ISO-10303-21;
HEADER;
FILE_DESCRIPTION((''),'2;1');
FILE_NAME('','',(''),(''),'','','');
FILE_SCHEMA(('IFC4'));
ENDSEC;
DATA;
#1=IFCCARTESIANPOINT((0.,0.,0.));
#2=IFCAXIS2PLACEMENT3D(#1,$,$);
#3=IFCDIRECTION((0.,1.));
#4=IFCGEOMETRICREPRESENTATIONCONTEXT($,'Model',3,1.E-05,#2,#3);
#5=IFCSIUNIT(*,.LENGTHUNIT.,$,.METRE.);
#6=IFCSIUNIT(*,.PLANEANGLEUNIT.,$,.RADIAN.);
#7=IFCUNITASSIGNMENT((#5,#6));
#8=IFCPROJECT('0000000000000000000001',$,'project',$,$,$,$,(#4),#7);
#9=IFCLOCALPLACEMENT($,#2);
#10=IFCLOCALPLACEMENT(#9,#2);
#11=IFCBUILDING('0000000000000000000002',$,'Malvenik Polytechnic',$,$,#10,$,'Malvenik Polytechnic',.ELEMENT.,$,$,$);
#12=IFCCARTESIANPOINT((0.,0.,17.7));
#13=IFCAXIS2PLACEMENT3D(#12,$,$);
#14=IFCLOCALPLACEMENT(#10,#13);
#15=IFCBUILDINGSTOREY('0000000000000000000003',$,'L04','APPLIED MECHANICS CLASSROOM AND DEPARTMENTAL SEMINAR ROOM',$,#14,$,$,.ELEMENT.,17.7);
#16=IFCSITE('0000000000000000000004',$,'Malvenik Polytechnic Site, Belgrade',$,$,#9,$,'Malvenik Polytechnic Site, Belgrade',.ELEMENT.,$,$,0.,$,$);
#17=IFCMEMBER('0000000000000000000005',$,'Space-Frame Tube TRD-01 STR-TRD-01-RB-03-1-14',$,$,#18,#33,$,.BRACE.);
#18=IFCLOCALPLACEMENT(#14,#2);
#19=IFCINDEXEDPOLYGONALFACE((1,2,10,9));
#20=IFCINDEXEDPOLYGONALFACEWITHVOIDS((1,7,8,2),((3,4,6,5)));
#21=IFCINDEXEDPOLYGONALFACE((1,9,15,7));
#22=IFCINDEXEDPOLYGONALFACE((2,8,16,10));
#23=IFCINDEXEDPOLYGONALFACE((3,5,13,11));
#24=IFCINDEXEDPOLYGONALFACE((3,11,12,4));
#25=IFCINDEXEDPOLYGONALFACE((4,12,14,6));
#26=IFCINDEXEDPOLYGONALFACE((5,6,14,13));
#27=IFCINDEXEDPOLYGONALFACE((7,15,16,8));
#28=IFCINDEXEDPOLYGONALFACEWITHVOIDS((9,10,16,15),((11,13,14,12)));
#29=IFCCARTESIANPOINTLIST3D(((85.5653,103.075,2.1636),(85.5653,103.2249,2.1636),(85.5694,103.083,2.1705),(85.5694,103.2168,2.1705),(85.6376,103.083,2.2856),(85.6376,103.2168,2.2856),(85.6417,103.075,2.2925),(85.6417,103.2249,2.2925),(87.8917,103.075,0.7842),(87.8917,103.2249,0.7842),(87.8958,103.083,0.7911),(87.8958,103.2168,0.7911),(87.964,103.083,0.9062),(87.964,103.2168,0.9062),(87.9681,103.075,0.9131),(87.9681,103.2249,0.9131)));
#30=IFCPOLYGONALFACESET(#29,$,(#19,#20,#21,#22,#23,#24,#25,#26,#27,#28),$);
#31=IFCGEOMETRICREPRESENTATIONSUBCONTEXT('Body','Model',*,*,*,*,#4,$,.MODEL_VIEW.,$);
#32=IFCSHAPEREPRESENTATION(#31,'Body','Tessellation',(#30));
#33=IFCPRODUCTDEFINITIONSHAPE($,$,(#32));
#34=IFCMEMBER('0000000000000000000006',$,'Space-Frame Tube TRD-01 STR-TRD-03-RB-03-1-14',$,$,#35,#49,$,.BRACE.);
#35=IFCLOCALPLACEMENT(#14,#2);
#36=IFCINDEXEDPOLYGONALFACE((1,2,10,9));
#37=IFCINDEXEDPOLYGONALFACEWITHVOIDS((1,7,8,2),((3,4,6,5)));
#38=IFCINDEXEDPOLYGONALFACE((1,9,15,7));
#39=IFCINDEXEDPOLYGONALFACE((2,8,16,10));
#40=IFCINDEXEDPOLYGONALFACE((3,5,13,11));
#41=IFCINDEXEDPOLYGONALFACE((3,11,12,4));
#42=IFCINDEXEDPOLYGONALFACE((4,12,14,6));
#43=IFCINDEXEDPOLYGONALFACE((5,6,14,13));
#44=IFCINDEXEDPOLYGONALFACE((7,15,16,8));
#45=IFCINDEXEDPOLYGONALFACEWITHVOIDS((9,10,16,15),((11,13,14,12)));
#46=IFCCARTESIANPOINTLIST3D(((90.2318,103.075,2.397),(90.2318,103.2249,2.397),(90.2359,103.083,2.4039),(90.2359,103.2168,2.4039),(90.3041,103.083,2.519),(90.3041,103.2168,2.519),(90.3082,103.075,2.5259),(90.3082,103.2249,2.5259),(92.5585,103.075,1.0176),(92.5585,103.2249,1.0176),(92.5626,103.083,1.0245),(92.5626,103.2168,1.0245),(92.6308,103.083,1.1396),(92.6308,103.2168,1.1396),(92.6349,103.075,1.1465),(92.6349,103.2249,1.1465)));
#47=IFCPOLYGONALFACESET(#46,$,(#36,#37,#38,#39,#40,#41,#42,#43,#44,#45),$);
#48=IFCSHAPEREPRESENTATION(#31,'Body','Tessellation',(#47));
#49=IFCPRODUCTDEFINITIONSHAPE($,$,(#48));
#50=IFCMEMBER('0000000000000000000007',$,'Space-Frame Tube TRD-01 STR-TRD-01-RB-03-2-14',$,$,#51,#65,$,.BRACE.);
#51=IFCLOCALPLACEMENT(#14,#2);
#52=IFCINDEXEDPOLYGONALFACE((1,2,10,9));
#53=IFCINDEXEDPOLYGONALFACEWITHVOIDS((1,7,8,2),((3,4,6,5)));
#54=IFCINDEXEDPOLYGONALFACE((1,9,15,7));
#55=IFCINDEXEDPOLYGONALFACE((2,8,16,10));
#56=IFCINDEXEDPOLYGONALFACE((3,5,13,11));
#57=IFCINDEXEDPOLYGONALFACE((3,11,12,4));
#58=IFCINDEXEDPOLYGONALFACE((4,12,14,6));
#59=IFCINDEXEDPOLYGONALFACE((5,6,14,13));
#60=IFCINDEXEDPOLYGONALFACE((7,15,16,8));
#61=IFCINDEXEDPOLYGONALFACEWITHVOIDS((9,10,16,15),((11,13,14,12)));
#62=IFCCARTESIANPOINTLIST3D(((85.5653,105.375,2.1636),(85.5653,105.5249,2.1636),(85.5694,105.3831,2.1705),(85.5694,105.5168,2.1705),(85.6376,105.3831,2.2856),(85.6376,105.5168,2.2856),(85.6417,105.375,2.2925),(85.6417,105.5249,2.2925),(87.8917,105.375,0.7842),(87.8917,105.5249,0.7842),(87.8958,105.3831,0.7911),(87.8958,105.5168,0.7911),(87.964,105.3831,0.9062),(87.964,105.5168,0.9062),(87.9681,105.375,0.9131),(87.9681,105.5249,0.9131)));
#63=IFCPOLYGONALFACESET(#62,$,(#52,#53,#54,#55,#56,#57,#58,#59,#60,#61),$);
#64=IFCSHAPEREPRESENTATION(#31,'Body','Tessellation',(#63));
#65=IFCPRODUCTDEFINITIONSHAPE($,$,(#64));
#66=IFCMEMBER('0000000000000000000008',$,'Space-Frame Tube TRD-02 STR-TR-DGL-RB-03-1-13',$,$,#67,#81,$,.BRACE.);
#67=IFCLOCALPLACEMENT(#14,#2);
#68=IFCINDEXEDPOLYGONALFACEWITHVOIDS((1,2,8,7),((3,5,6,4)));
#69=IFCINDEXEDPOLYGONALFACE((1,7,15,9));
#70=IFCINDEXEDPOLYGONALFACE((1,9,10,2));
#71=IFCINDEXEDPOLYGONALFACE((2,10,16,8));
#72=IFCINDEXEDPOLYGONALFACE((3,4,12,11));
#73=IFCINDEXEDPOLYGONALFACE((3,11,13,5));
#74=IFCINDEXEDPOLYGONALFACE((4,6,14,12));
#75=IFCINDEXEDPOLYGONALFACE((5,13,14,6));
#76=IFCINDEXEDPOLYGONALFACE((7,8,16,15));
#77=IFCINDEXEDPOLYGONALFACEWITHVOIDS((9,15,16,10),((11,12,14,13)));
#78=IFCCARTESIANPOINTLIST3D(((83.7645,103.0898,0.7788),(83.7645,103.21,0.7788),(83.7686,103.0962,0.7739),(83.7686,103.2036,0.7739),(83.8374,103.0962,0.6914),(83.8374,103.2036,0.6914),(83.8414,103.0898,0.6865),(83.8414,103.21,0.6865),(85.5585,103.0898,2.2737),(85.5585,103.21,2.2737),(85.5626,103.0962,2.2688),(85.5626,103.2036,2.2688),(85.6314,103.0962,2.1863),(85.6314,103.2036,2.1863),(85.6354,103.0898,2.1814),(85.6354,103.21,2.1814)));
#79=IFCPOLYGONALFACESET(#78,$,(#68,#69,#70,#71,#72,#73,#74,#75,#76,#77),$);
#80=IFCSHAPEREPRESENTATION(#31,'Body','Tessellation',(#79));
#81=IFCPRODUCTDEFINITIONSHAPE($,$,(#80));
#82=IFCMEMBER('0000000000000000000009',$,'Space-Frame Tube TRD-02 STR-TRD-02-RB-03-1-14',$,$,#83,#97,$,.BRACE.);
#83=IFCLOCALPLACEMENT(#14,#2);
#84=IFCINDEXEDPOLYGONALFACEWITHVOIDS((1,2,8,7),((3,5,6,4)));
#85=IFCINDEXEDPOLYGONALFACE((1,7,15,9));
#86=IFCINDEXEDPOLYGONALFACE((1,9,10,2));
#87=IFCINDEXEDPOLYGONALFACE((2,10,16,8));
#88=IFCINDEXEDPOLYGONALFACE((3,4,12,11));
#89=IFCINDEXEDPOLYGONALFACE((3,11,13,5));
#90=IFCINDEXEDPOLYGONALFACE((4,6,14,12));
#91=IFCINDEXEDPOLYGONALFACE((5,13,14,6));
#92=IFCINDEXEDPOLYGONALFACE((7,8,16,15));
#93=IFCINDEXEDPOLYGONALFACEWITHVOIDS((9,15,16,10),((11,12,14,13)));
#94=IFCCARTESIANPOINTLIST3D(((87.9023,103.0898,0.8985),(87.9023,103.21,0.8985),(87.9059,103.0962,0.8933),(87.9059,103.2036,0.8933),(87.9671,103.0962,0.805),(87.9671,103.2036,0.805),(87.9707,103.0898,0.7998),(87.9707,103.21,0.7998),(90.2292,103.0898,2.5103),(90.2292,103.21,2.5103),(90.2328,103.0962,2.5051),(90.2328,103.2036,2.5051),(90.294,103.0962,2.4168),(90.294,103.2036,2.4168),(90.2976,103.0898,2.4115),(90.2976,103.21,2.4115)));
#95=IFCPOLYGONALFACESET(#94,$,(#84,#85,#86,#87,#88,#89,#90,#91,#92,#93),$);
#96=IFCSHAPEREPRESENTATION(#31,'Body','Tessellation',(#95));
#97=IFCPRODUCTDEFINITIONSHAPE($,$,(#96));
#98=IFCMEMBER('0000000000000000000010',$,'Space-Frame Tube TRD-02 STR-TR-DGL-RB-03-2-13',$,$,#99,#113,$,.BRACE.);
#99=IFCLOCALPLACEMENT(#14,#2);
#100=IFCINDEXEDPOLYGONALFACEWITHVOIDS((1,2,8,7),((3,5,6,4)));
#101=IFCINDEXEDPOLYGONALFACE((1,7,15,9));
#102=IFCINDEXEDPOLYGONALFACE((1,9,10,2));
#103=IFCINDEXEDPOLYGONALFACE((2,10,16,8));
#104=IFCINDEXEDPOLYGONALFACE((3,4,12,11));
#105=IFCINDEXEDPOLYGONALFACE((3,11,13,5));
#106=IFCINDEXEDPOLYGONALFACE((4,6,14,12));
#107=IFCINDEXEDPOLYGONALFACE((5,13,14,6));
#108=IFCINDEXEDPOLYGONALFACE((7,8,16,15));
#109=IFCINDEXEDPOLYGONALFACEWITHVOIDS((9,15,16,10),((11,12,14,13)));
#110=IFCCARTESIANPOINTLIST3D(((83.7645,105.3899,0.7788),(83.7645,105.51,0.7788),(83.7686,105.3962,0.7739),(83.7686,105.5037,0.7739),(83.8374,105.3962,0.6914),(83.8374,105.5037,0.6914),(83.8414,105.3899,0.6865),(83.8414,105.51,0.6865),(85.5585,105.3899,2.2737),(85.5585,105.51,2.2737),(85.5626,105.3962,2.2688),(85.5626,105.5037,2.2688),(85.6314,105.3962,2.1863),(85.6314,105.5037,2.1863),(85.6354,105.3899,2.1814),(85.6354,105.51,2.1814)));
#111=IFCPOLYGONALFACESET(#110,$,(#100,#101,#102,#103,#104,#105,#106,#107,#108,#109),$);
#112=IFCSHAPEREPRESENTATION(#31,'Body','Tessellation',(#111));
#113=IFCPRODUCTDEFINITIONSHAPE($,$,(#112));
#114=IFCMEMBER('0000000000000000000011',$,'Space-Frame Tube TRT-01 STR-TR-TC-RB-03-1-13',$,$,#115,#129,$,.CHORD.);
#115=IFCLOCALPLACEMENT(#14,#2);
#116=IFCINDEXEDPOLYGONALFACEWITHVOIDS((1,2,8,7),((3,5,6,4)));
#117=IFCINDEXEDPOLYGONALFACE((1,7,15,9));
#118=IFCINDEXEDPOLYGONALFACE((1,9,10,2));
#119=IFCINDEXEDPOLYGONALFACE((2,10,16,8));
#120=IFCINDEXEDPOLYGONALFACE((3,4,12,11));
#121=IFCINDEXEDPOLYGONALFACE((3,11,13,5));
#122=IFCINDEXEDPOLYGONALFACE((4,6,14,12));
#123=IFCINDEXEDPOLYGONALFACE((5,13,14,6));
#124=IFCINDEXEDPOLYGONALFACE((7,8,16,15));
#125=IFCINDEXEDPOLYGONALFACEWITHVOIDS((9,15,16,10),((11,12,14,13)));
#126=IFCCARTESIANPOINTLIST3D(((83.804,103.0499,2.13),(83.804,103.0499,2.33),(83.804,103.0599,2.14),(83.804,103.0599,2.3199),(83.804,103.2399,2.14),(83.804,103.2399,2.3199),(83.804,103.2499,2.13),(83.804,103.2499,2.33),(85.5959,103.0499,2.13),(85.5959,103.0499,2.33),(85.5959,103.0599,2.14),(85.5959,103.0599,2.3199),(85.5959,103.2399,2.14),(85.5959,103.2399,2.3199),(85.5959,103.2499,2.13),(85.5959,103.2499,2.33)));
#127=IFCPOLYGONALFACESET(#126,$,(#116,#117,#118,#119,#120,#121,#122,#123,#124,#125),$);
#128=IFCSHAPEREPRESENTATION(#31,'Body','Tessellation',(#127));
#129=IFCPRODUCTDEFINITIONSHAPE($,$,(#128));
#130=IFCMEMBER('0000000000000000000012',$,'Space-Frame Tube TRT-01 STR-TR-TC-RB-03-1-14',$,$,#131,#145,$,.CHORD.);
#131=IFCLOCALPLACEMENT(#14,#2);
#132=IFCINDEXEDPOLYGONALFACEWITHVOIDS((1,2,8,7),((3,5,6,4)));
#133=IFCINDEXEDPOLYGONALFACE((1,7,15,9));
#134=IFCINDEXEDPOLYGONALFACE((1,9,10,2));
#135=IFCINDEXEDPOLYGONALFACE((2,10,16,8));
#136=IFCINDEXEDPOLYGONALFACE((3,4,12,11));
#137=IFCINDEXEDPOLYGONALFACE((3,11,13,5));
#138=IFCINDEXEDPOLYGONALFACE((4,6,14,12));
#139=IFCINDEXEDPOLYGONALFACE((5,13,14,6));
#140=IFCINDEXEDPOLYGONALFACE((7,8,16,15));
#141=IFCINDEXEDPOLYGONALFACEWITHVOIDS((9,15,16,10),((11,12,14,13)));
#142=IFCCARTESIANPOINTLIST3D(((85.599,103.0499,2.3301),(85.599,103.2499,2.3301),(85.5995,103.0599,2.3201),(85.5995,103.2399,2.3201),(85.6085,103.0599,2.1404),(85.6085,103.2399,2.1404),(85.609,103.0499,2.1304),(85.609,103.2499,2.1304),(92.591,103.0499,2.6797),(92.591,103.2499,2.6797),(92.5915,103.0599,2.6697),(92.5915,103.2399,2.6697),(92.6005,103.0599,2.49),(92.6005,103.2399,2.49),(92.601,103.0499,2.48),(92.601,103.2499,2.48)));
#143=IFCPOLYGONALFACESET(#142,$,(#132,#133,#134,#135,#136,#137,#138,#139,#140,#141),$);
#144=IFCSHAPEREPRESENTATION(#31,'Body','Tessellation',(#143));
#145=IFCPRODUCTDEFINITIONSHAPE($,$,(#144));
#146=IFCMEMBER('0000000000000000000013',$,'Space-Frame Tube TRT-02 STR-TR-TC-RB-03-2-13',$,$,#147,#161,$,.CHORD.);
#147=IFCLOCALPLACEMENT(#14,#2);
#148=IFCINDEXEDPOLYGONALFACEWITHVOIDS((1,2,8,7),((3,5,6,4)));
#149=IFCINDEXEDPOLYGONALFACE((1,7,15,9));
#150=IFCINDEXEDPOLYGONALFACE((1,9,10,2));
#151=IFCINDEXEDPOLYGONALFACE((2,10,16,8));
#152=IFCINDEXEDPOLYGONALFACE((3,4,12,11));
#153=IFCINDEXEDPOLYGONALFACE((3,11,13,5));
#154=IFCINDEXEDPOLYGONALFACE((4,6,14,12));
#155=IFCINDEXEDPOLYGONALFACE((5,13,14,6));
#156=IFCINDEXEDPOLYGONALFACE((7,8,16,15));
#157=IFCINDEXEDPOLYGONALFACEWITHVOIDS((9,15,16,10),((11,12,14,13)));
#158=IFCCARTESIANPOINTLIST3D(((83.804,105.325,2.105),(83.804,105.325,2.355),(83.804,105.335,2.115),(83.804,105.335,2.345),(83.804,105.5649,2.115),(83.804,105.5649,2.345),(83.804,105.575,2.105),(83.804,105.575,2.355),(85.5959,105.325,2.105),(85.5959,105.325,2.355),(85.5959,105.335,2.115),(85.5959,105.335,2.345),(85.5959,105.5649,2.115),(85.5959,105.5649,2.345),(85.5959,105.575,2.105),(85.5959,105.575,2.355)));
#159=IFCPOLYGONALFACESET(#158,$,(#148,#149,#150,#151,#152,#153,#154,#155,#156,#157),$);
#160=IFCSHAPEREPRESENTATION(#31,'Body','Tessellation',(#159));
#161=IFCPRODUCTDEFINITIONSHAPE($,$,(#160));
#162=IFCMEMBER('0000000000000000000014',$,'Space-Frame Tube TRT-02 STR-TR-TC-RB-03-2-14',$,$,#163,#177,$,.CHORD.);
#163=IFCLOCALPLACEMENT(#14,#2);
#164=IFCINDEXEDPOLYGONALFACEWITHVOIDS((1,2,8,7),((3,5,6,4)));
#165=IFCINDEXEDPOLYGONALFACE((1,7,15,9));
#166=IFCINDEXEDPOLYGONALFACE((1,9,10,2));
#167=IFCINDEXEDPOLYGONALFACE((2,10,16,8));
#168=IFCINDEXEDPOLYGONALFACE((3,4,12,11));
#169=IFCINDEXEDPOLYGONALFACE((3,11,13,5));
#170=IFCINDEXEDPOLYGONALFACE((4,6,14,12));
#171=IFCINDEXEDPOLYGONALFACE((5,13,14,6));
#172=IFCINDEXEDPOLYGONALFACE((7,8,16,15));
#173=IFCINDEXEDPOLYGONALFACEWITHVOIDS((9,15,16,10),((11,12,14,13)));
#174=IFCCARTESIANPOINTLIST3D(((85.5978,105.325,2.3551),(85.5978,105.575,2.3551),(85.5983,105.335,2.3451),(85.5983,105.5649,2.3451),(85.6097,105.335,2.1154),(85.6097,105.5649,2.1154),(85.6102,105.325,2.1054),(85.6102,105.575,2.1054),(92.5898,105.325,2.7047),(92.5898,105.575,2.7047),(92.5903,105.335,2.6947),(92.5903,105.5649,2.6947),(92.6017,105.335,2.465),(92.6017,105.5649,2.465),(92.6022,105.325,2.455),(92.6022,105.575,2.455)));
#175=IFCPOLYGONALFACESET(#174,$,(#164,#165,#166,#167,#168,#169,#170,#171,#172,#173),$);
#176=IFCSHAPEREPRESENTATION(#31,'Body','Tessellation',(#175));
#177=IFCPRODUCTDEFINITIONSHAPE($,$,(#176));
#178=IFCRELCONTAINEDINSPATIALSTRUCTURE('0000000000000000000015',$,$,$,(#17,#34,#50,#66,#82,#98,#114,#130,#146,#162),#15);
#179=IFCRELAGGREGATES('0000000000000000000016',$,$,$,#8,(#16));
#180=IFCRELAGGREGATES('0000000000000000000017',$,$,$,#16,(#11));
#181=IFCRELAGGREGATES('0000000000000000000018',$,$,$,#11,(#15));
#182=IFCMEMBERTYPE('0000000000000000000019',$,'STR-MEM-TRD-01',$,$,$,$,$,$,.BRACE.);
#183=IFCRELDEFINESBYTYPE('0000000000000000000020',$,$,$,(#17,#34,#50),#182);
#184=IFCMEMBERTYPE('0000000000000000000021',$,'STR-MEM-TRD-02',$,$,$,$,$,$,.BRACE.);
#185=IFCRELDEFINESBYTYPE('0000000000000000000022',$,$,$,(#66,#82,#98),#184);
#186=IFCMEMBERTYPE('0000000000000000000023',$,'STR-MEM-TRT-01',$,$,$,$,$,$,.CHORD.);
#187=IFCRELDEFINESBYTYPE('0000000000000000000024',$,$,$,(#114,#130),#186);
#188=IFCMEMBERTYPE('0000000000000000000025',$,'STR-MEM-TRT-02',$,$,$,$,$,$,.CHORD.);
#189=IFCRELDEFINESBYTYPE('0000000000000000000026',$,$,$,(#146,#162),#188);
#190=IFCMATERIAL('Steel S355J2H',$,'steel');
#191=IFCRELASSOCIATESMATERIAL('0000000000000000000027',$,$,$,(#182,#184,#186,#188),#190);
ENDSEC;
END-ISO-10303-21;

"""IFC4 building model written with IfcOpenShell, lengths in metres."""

from ifc_helpers import new_model, si_unit, direction, frame, origin, origin_2d, place, context, subcontext, project, spatial, hollow_rectangle, extrude, material, material_profile, profile_set, type_object, element, save


model = new_model("IFC4")

# Units and contexts
model_context = context("Model", 3, precision=1e-05, world=origin(), true_north=direction((0.0, 1.0)))
body_context = subcontext(model_context, "Body", "Model", "MODEL_VIEW")
ifc_project = project(units=[si_unit("LENGTHUNIT", "METRE"), si_unit("PLANEANGLEUNIT", "RADIAN")], contexts=[model_context])

# Site, building, storey
site_placement = place(None, origin())
site = spatial("IfcSite", under=ifc_project, at=site_placement, Name="Malvenik Polytechnic Site, Belgrade", LongName="Malvenik Polytechnic Site, Belgrade", CompositionType="ELEMENT", RefElevation=0.0)
building_placement = place(site_placement, origin())
building = spatial("IfcBuilding", under=site, at=building_placement, Name="Malvenik Polytechnic", LongName="Malvenik Polytechnic", CompositionType="ELEMENT")
storey_placement = place(building_placement, frame((0.0, 0.0, 17.7)))
storey = spatial("IfcBuildingStorey", under=building, at=storey_placement, Name="L04", Description="APPLIED MECHANICS CLASSROOM AND DEPARTMENTAL SEMINAR ROOM", CompositionType="ELEMENT", Elevation=17.7)

# Shared definitions
ifc_material_1 = material(Name="Steel S355J2H", Category="steel")

# Members
ifc_material_profile_1 = material_profile(ifc_material_1, hollow_rectangle(XDim=0.1499, YDim=0.1499, WallThickness=0.0081, at=origin_2d()), Name="SHS 150x150x8.0")
ifc_profile_set_1 = profile_set([ifc_material_profile_1], Name="Steel S355J2H")
member_type_1 = type_object("IfcMemberType", Name="STR-MEM-TRD-01", PredefinedType="BRACE", material=ifc_profile_set_1)
member_1_placement = place(storey_placement, frame((85.6035, 103.1499, 2.228), z_axis=(0.860165, 0.0, -0.510015), x_axis=(0.0, 1.0, 0.0)))
element("IfcMember", 1, at=member_1_placement, inside=storey, type_object=member_type_1, Name="Space-Frame Tube TRD-01 STR-TRD-01-RB-03-1-14", PredefinedType="BRACE", context=body_context, shape_type="SweptSolid", body=[
    extrude(hollow_rectangle(XDim=0.1499, YDim=0.1499, WallThickness=0.0081, at=origin_2d()), origin(), (0.0, 0.0, 1.0), 2.7046),
])
member_2_placement = place(storey_placement, frame((90.27, 103.1499, 2.4614), z_axis=(0.860189, 0.0, -0.509976), x_axis=(0.0, 1.0, 0.0)))
element("IfcMember", 2, at=member_2_placement, inside=storey, type_object=member_type_1, Name="Space-Frame Tube TRD-01 STR-TRD-03-RB-03-1-14", PredefinedType="BRACE", context=body_context, shape_type="SweptSolid", body=[
    extrude(hollow_rectangle(XDim=0.1499, YDim=0.1499, WallThickness=0.0081, at=origin_2d()), origin(), (0.0, 0.0, 1.0), 2.7048),
])
member_3_placement = place(storey_placement, frame((85.6035, 105.45, 2.228), z_axis=(0.860165, 0.0, -0.510015), x_axis=(0.0, 1.0, 0.0)))
element("IfcMember", 3, at=member_3_placement, inside=storey, type_object=member_type_1, Name="Space-Frame Tube TRD-01 STR-TRD-01-RB-03-2-14", PredefinedType="BRACE", context=body_context, shape_type="SweptSolid", body=[
    extrude(hollow_rectangle(XDim=0.1499, YDim=0.1499, WallThickness=0.0081, at=origin_2d()), origin(), (0.0, 0.0, 1.0), 2.7046),
])
ifc_material_profile_2 = material_profile(ifc_material_1, hollow_rectangle(XDim=0.1201, YDim=0.1201, WallThickness=0.0063, at=origin_2d()), Name="SHS 120x120x6.3")
ifc_profile_set_2 = profile_set([ifc_material_profile_2], Name="Steel S355J2H")
member_type_2 = type_object("IfcMemberType", Name="STR-MEM-TRD-02", PredefinedType="BRACE", material=ifc_profile_set_2)
member_4_placement = place(storey_placement, frame((83.803, 103.1499, 0.7327), z_axis=(0.768238, 0.0, 0.640164), x_axis=(0.0, 1.0, 0.0)))
element("IfcMember", 4, at=member_4_placement, inside=storey, type_object=member_type_2, Name="Space-Frame Tube TRD-02 STR-TR-DGL-RB-03-1-13", PredefinedType="BRACE", context=body_context, shape_type="SweptSolid", body=[
    extrude(hollow_rectangle(XDim=0.1201, YDim=0.1201, WallThickness=0.0063, at=origin_2d()), origin(), (0.0, 0.0, 1.0), 2.3352),
])
member_5_placement = place(storey_placement, frame((87.9365, 103.1499, 0.8491), z_axis=(0.822046, 0.0, 0.569421), x_axis=(0.0, 1.0, 0.0)))
element("IfcMember", 5, at=member_5_placement, inside=storey, type_object=member_type_2, Name="Space-Frame Tube TRD-02 STR-TRD-02-RB-03-1-14", PredefinedType="BRACE", context=body_context, shape_type="SweptSolid", body=[
    extrude(hollow_rectangle(XDim=0.1201, YDim=0.1201, WallThickness=0.0063, at=origin_2d()), origin(), (0.0, 0.0, 1.0), 2.8306),
])
member_6_placement = place(storey_placement, frame((83.803, 105.45, 0.7327), z_axis=(0.768238, 0.0, 0.640164), x_axis=(0.0, 1.0, 0.0)))
element("IfcMember", 6, at=member_6_placement, inside=storey, type_object=member_type_2, Name="Space-Frame Tube TRD-02 STR-TR-DGL-RB-03-2-13", PredefinedType="BRACE", context=body_context, shape_type="SweptSolid", body=[
    extrude(hollow_rectangle(XDim=0.1201, YDim=0.1201, WallThickness=0.0063, at=origin_2d()), origin(), (0.0, 0.0, 1.0), 2.3352),
])
ifc_material_profile_3 = material_profile(ifc_material_1, hollow_rectangle(XDim=0.2, YDim=0.2, WallThickness=0.01, at=origin_2d()), Name="SHS 200x200x10.0")
ifc_profile_set_3 = profile_set([ifc_material_profile_3], Name="Steel S355J2H")
member_type_3 = type_object("IfcMemberType", Name="STR-MEM-TRT-01", PredefinedType="CHORD", material=ifc_profile_set_3)
member_7_placement = place(storey_placement, frame((83.804, 103.1499, 2.23), z_axis=(1.0, 0.0, 0.0), x_axis=(0.0, 1.0, 0.0)))
element("IfcMember", 7, at=member_7_placement, inside=storey, type_object=member_type_3, Name="Space-Frame Tube TRT-01 STR-TR-TC-RB-03-1-13", PredefinedType="CHORD", context=body_context, shape_type="SweptSolid", body=[
    extrude(hollow_rectangle(XDim=0.2, YDim=0.2, WallThickness=0.01, at=origin_2d()), origin(), (0.0, 0.0, 1.0), 1.792),
])
member_8_placement = place(storey_placement, frame((85.604, 103.1499, 2.2302), z_axis=(0.998752, 0.0, 0.049939), x_axis=(0.0, 1.0, 0.0)))
element("IfcMember", 8, at=member_8_placement, inside=storey, type_object=member_type_3, Name="Space-Frame Tube TRT-01 STR-TR-TC-RB-03-1-14", PredefinedType="CHORD", context=body_context, shape_type="SweptSolid", body=[
    extrude(hollow_rectangle(XDim=0.2, YDim=0.2, WallThickness=0.01, at=origin_2d()), origin(), (0.0, 0.0, 1.0), 7.0007),
])
ifc_material_profile_4 = material_profile(ifc_material_1, hollow_rectangle(XDim=0.25, YDim=0.25, WallThickness=0.01, at=origin_2d()), Name="SHS 250x250x10.0")
ifc_profile_set_4 = profile_set([ifc_material_profile_4], Name="Steel S355J2H")
member_type_4 = type_object("IfcMemberType", Name="STR-MEM-TRT-02", PredefinedType="CHORD", material=ifc_profile_set_4)
member_9_placement = place(storey_placement, frame((83.804, 105.45, 2.23), z_axis=(1.0, 0.0, 0.0), x_axis=(0.0, 1.0, 0.0)))
element("IfcMember", 9, at=member_9_placement, inside=storey, type_object=member_type_4, Name="Space-Frame Tube TRT-02 STR-TR-TC-RB-03-2-13", PredefinedType="CHORD", context=body_context, shape_type="SweptSolid", body=[
    extrude(hollow_rectangle(XDim=0.25, YDim=0.25, WallThickness=0.01, at=origin_2d()), origin(), (0.0, 0.0, 1.0), 1.792),
])
member_10_placement = place(storey_placement, frame((85.604, 105.45, 2.2302), z_axis=(0.998752, 0.0, 0.049939), x_axis=(0.0, 1.0, 0.0)))
element("IfcMember", 10, at=member_10_placement, inside=storey, type_object=member_type_4, Name="Space-Frame Tube TRT-02 STR-TR-TC-RB-03-2-14", PredefinedType="CHORD", context=body_context, shape_type="SweptSolid", body=[
    extrude(hollow_rectangle(XDim=0.25, YDim=0.25, WallThickness=0.01, at=origin_2d()), origin(), (0.0, 0.0, 1.0), 7.0007),
])

save(model, "model.ifc")
